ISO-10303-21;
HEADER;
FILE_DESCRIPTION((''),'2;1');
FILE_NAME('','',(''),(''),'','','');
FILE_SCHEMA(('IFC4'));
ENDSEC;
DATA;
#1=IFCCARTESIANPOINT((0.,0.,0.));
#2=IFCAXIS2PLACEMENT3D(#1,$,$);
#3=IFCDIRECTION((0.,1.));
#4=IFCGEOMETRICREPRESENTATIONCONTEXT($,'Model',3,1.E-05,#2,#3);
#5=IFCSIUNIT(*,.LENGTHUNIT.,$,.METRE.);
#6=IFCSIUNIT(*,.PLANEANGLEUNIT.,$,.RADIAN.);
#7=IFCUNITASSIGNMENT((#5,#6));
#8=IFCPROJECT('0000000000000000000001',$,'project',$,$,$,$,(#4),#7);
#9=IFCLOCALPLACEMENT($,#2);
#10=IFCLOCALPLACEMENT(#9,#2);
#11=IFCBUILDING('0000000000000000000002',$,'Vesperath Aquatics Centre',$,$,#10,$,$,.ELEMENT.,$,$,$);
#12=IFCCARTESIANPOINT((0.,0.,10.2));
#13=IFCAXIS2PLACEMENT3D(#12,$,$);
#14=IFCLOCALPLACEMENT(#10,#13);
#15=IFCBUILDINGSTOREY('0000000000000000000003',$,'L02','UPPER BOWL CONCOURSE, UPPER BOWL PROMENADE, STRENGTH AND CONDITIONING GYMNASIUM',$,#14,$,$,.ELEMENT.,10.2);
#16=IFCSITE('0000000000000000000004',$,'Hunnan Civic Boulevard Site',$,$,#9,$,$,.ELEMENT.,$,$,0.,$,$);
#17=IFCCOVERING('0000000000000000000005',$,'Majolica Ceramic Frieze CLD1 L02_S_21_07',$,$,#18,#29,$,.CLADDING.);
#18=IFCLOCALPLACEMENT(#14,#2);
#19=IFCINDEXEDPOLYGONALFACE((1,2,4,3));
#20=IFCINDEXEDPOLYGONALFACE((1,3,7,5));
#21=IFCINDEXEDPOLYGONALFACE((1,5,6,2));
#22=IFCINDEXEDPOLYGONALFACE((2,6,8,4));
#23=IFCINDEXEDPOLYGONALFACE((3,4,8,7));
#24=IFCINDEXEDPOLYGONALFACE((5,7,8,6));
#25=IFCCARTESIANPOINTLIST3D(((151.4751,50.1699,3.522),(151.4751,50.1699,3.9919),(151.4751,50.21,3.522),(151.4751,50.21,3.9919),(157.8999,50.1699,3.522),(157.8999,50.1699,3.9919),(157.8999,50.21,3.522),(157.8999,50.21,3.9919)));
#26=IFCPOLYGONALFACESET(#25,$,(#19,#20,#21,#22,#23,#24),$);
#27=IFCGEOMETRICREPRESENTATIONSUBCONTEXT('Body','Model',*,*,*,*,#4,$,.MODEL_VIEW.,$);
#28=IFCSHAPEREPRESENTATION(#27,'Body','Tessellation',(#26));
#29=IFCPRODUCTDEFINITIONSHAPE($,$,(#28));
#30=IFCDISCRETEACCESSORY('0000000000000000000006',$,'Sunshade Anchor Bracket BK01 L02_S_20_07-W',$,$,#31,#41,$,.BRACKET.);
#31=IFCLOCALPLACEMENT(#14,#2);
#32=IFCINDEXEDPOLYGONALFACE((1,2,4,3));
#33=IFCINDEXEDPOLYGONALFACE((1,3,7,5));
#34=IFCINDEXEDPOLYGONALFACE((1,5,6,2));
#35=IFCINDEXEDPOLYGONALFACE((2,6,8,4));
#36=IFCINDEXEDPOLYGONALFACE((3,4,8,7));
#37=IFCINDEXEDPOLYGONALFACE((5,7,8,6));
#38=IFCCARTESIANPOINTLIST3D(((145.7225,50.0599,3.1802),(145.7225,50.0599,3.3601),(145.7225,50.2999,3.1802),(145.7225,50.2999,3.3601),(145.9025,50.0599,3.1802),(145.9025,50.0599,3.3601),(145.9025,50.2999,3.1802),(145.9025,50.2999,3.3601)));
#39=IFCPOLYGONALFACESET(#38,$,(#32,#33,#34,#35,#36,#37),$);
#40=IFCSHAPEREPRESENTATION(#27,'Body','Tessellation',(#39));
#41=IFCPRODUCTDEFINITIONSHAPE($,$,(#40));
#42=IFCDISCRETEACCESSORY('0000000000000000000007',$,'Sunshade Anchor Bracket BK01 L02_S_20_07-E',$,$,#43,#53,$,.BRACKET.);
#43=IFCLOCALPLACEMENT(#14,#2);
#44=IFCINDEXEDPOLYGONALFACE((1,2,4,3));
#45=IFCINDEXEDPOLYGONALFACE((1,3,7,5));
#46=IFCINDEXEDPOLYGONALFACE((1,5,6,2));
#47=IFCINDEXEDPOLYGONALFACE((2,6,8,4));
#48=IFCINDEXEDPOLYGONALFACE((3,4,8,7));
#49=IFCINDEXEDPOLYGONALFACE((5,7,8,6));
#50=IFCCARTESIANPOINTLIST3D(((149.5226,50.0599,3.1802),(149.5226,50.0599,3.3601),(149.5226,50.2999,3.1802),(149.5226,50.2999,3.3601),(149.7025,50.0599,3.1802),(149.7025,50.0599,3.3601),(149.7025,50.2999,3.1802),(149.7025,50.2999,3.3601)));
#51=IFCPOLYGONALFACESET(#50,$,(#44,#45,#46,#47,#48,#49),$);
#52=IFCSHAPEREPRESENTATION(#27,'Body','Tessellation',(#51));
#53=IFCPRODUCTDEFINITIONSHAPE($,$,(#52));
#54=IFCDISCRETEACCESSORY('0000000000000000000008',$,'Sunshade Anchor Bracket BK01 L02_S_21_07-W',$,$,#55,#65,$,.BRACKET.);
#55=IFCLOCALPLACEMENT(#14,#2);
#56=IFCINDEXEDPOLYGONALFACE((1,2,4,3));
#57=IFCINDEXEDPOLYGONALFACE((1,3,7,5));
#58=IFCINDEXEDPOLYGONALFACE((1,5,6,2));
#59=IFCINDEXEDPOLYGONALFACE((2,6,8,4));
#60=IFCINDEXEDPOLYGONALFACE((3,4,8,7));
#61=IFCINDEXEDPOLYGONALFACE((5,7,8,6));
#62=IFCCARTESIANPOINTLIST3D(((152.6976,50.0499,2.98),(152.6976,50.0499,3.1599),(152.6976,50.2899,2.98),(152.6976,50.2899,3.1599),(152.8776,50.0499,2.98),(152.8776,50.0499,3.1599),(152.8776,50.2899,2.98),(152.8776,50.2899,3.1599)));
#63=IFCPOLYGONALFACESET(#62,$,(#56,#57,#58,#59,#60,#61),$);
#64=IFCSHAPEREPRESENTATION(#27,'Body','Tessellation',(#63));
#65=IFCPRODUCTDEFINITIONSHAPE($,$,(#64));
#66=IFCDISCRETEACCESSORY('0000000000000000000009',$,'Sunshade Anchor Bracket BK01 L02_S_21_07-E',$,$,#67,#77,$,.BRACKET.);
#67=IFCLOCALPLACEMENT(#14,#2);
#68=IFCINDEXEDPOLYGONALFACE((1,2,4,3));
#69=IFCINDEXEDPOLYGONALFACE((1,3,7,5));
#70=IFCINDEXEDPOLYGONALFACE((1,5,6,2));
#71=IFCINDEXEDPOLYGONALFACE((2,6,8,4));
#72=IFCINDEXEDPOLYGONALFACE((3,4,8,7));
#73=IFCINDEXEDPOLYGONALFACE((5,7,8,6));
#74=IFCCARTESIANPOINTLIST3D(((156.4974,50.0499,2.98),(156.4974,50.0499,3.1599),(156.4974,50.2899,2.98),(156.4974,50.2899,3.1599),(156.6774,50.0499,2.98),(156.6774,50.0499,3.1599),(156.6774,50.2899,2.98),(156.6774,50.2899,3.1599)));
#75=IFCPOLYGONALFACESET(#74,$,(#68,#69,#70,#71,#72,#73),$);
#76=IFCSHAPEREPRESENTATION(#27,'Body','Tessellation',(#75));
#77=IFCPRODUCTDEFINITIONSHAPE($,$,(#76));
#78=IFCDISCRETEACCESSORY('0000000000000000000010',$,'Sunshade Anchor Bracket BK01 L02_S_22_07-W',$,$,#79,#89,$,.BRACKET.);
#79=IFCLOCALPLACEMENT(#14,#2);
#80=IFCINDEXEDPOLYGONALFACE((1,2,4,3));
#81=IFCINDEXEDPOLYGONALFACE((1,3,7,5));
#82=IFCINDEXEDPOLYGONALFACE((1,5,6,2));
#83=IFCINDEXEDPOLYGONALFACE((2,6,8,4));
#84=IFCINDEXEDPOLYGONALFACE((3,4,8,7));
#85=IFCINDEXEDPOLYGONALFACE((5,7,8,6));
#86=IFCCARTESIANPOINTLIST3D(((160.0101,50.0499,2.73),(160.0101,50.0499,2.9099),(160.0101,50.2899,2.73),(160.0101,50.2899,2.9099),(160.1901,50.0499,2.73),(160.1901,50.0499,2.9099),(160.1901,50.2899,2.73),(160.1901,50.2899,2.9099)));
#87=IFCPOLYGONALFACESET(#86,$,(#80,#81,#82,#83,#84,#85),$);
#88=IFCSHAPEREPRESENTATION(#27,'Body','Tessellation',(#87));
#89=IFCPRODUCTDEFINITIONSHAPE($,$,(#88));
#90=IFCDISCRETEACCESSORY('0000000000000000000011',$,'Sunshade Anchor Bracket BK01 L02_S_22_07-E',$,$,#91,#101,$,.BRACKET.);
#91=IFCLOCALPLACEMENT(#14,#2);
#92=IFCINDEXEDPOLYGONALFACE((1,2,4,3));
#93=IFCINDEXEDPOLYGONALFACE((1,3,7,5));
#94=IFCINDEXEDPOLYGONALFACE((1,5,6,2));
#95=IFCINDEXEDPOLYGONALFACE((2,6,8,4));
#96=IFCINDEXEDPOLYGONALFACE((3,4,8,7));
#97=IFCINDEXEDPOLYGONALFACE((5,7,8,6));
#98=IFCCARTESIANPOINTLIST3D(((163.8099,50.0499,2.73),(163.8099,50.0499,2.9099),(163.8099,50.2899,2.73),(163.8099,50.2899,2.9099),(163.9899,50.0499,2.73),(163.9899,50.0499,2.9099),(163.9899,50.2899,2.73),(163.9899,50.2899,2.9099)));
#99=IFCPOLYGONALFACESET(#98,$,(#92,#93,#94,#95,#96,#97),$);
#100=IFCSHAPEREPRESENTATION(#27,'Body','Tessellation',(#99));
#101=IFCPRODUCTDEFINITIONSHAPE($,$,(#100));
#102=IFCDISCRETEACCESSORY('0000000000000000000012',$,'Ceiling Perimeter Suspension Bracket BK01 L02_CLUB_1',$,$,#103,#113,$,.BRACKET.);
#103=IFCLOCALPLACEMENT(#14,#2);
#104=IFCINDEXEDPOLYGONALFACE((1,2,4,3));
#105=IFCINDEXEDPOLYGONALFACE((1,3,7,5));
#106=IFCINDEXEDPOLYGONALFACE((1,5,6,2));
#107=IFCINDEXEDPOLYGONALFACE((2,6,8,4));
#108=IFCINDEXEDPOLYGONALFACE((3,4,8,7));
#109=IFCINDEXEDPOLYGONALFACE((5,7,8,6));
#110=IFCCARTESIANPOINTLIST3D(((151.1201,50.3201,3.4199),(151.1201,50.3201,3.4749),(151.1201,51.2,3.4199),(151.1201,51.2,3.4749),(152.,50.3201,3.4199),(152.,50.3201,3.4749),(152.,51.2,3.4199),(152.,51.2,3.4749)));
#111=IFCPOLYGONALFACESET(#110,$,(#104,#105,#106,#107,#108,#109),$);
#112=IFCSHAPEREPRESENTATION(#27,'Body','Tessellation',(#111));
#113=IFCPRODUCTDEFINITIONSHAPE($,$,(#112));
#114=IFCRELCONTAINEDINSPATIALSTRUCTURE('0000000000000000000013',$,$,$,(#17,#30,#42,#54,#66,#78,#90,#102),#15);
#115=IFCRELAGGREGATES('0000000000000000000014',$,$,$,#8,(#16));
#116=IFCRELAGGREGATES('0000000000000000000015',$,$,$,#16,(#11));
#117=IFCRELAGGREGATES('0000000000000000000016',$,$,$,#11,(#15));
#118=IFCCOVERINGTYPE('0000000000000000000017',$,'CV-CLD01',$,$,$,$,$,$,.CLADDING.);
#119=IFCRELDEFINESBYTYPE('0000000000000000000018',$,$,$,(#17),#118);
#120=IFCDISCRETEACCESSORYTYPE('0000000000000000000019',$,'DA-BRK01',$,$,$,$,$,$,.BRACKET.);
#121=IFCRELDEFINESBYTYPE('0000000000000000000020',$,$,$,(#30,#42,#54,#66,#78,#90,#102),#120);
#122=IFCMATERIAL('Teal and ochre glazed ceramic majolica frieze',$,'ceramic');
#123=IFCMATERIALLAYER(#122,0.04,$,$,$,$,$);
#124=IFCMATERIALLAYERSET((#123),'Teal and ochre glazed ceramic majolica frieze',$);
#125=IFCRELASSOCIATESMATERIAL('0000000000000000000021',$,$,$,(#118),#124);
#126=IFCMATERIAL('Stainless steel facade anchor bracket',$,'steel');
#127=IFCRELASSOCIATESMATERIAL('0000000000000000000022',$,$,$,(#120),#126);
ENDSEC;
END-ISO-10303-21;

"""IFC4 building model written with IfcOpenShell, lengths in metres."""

from ifc_helpers import new_model, si_unit, direction, frame, frame_2d, origin, origin_2d, place, context, subcontext, project, spatial, rectangle, extrude, material, layer, layer_set, type_object, element, save


model = new_model("IFC4")

# Units and contexts
model_context = context("Model", 3, precision=1e-05, world=origin(), true_north=direction((0.0, 1.0)))
body_context = subcontext(model_context, "Body", "Model", "MODEL_VIEW")
ifc_project = project(units=[si_unit("LENGTHUNIT", "METRE"), si_unit("PLANEANGLEUNIT", "RADIAN")], contexts=[model_context])

# Site, building, storey
site_placement = place(None, origin())
site = spatial("IfcSite", under=ifc_project, at=site_placement, Name="Hunnan Civic Boulevard Site", CompositionType="ELEMENT", RefElevation=0.0)
building_placement = place(site_placement, origin())
building = spatial("IfcBuilding", under=site, at=building_placement, Name="Vesperath Aquatics Centre", CompositionType="ELEMENT")
storey_placement = place(building_placement, frame((0.0, 0.0, 10.2)))
storey = spatial("IfcBuildingStorey", under=building, at=storey_placement, Name="L02", Description="UPPER BOWL CONCOURSE, UPPER BOWL PROMENADE, STRENGTH AND CONDITIONING GYMNASIUM", CompositionType="ELEMENT", Elevation=10.2)

# Covering
ifc_material_1 = material(Name="Teal and ochre glazed ceramic majolica frieze", Category="ceramic")
ifc_layer_1 = layer(ifc_material_1, 0.04)
ifc_layer_set_1 = layer_set([ifc_layer_1], Name="Teal and ochre glazed ceramic majolica frieze")
covering_type = type_object("IfcCoveringType", Name="CV-CLD01", PredefinedType="CLADDING", material=ifc_layer_set_1)
covering_placement = place(storey_placement, frame((151.4751, 50.1899, 3.522), z_axis=(0.0, 0.0, 1.0), x_axis=(1.0, 0.0, 0.0)))
element("IfcCovering", 1, at=covering_placement, inside=storey, type_object=covering_type, Name="Majolica Ceramic Frieze CLD1 L02_S_21_07", PredefinedType="CLADDING", context=body_context, shape_type="SweptSolid", body=[
    extrude(rectangle(XDim=6.4248, YDim=0.04, at=frame_2d((3.2124, 0.0))), origin(), (0.0, 0.0, 1.0), 0.47),
])

# Discrete accessories
ifc_material_2 = material(Name="Stainless steel facade anchor bracket", Category="steel")
discrete_accessory_type = type_object("IfcDiscreteAccessoryType", Name="DA-BRK01", PredefinedType="BRACKET", material=ifc_material_2)
for number, where, z_axis, x_axis, name in (
    (2, (145.8125, 50.1799, 3.1802), (0.0, 0.0, 1.0), (1.0, 0.0, 0.0), "Sunshade Anchor Bracket BK01 L02_S_20_07-W"),
    (3, (149.6125, 50.1799, 3.1802), (0.0, 0.0, 1.0), (1.0, 0.0, 0.0), "Sunshade Anchor Bracket BK01 L02_S_20_07-E"),
    (4, (152.7876, 50.1699, 2.98), (0.0, 0.0, 1.0), (1.0, 0.0, 0.0), "Sunshade Anchor Bracket BK01 L02_S_21_07-W"),
    (5, (156.5874, 50.1699, 2.98), (0.0, 0.0, 1.0), (1.0, 0.0, 0.0), "Sunshade Anchor Bracket BK01 L02_S_21_07-E"),
    (6, (160.1001, 50.1699, 2.73), (0.0, 0.0, 1.0), (1.0, 0.0, 0.0), "Sunshade Anchor Bracket BK01 L02_S_22_07-W"),
    (7, (163.8999, 50.1699, 2.73), (0.0, 0.0, 1.0), (1.0, 0.0, 0.0), "Sunshade Anchor Bracket BK01 L02_S_22_07-E"),
):
    element("IfcDiscreteAccessory", number, at=place(storey_placement, frame(where, z_axis=z_axis, x_axis=x_axis)), inside=storey, type_object=discrete_accessory_type, Name=name, PredefinedType="BRACKET", context=body_context, shape_type="SweptSolid", body=[
        extrude(rectangle(XDim=0.1799, YDim=0.24, at=origin_2d()), origin(), (0.0, 0.0, 1.0), 0.1799),
    ])
discrete_accessory_placement = place(storey_placement, frame((151.5601, 50.76, 3.4199), z_axis=(0.0, 0.0, 1.0), x_axis=(1.0, 0.0, 0.0)))
element("IfcDiscreteAccessory", 8, at=discrete_accessory_placement, inside=storey, type_object=discrete_accessory_type, Name="Ceiling Perimeter Suspension Bracket BK01 L02_CLUB_1", PredefinedType="BRACKET", context=body_context, shape_type="SweptSolid", body=[
    extrude(rectangle(XDim=0.8799, YDim=0.8799, at=origin_2d()), origin(), (0.0, 0.0, 1.0), 0.0549),
])

save(model, "model.ifc")
